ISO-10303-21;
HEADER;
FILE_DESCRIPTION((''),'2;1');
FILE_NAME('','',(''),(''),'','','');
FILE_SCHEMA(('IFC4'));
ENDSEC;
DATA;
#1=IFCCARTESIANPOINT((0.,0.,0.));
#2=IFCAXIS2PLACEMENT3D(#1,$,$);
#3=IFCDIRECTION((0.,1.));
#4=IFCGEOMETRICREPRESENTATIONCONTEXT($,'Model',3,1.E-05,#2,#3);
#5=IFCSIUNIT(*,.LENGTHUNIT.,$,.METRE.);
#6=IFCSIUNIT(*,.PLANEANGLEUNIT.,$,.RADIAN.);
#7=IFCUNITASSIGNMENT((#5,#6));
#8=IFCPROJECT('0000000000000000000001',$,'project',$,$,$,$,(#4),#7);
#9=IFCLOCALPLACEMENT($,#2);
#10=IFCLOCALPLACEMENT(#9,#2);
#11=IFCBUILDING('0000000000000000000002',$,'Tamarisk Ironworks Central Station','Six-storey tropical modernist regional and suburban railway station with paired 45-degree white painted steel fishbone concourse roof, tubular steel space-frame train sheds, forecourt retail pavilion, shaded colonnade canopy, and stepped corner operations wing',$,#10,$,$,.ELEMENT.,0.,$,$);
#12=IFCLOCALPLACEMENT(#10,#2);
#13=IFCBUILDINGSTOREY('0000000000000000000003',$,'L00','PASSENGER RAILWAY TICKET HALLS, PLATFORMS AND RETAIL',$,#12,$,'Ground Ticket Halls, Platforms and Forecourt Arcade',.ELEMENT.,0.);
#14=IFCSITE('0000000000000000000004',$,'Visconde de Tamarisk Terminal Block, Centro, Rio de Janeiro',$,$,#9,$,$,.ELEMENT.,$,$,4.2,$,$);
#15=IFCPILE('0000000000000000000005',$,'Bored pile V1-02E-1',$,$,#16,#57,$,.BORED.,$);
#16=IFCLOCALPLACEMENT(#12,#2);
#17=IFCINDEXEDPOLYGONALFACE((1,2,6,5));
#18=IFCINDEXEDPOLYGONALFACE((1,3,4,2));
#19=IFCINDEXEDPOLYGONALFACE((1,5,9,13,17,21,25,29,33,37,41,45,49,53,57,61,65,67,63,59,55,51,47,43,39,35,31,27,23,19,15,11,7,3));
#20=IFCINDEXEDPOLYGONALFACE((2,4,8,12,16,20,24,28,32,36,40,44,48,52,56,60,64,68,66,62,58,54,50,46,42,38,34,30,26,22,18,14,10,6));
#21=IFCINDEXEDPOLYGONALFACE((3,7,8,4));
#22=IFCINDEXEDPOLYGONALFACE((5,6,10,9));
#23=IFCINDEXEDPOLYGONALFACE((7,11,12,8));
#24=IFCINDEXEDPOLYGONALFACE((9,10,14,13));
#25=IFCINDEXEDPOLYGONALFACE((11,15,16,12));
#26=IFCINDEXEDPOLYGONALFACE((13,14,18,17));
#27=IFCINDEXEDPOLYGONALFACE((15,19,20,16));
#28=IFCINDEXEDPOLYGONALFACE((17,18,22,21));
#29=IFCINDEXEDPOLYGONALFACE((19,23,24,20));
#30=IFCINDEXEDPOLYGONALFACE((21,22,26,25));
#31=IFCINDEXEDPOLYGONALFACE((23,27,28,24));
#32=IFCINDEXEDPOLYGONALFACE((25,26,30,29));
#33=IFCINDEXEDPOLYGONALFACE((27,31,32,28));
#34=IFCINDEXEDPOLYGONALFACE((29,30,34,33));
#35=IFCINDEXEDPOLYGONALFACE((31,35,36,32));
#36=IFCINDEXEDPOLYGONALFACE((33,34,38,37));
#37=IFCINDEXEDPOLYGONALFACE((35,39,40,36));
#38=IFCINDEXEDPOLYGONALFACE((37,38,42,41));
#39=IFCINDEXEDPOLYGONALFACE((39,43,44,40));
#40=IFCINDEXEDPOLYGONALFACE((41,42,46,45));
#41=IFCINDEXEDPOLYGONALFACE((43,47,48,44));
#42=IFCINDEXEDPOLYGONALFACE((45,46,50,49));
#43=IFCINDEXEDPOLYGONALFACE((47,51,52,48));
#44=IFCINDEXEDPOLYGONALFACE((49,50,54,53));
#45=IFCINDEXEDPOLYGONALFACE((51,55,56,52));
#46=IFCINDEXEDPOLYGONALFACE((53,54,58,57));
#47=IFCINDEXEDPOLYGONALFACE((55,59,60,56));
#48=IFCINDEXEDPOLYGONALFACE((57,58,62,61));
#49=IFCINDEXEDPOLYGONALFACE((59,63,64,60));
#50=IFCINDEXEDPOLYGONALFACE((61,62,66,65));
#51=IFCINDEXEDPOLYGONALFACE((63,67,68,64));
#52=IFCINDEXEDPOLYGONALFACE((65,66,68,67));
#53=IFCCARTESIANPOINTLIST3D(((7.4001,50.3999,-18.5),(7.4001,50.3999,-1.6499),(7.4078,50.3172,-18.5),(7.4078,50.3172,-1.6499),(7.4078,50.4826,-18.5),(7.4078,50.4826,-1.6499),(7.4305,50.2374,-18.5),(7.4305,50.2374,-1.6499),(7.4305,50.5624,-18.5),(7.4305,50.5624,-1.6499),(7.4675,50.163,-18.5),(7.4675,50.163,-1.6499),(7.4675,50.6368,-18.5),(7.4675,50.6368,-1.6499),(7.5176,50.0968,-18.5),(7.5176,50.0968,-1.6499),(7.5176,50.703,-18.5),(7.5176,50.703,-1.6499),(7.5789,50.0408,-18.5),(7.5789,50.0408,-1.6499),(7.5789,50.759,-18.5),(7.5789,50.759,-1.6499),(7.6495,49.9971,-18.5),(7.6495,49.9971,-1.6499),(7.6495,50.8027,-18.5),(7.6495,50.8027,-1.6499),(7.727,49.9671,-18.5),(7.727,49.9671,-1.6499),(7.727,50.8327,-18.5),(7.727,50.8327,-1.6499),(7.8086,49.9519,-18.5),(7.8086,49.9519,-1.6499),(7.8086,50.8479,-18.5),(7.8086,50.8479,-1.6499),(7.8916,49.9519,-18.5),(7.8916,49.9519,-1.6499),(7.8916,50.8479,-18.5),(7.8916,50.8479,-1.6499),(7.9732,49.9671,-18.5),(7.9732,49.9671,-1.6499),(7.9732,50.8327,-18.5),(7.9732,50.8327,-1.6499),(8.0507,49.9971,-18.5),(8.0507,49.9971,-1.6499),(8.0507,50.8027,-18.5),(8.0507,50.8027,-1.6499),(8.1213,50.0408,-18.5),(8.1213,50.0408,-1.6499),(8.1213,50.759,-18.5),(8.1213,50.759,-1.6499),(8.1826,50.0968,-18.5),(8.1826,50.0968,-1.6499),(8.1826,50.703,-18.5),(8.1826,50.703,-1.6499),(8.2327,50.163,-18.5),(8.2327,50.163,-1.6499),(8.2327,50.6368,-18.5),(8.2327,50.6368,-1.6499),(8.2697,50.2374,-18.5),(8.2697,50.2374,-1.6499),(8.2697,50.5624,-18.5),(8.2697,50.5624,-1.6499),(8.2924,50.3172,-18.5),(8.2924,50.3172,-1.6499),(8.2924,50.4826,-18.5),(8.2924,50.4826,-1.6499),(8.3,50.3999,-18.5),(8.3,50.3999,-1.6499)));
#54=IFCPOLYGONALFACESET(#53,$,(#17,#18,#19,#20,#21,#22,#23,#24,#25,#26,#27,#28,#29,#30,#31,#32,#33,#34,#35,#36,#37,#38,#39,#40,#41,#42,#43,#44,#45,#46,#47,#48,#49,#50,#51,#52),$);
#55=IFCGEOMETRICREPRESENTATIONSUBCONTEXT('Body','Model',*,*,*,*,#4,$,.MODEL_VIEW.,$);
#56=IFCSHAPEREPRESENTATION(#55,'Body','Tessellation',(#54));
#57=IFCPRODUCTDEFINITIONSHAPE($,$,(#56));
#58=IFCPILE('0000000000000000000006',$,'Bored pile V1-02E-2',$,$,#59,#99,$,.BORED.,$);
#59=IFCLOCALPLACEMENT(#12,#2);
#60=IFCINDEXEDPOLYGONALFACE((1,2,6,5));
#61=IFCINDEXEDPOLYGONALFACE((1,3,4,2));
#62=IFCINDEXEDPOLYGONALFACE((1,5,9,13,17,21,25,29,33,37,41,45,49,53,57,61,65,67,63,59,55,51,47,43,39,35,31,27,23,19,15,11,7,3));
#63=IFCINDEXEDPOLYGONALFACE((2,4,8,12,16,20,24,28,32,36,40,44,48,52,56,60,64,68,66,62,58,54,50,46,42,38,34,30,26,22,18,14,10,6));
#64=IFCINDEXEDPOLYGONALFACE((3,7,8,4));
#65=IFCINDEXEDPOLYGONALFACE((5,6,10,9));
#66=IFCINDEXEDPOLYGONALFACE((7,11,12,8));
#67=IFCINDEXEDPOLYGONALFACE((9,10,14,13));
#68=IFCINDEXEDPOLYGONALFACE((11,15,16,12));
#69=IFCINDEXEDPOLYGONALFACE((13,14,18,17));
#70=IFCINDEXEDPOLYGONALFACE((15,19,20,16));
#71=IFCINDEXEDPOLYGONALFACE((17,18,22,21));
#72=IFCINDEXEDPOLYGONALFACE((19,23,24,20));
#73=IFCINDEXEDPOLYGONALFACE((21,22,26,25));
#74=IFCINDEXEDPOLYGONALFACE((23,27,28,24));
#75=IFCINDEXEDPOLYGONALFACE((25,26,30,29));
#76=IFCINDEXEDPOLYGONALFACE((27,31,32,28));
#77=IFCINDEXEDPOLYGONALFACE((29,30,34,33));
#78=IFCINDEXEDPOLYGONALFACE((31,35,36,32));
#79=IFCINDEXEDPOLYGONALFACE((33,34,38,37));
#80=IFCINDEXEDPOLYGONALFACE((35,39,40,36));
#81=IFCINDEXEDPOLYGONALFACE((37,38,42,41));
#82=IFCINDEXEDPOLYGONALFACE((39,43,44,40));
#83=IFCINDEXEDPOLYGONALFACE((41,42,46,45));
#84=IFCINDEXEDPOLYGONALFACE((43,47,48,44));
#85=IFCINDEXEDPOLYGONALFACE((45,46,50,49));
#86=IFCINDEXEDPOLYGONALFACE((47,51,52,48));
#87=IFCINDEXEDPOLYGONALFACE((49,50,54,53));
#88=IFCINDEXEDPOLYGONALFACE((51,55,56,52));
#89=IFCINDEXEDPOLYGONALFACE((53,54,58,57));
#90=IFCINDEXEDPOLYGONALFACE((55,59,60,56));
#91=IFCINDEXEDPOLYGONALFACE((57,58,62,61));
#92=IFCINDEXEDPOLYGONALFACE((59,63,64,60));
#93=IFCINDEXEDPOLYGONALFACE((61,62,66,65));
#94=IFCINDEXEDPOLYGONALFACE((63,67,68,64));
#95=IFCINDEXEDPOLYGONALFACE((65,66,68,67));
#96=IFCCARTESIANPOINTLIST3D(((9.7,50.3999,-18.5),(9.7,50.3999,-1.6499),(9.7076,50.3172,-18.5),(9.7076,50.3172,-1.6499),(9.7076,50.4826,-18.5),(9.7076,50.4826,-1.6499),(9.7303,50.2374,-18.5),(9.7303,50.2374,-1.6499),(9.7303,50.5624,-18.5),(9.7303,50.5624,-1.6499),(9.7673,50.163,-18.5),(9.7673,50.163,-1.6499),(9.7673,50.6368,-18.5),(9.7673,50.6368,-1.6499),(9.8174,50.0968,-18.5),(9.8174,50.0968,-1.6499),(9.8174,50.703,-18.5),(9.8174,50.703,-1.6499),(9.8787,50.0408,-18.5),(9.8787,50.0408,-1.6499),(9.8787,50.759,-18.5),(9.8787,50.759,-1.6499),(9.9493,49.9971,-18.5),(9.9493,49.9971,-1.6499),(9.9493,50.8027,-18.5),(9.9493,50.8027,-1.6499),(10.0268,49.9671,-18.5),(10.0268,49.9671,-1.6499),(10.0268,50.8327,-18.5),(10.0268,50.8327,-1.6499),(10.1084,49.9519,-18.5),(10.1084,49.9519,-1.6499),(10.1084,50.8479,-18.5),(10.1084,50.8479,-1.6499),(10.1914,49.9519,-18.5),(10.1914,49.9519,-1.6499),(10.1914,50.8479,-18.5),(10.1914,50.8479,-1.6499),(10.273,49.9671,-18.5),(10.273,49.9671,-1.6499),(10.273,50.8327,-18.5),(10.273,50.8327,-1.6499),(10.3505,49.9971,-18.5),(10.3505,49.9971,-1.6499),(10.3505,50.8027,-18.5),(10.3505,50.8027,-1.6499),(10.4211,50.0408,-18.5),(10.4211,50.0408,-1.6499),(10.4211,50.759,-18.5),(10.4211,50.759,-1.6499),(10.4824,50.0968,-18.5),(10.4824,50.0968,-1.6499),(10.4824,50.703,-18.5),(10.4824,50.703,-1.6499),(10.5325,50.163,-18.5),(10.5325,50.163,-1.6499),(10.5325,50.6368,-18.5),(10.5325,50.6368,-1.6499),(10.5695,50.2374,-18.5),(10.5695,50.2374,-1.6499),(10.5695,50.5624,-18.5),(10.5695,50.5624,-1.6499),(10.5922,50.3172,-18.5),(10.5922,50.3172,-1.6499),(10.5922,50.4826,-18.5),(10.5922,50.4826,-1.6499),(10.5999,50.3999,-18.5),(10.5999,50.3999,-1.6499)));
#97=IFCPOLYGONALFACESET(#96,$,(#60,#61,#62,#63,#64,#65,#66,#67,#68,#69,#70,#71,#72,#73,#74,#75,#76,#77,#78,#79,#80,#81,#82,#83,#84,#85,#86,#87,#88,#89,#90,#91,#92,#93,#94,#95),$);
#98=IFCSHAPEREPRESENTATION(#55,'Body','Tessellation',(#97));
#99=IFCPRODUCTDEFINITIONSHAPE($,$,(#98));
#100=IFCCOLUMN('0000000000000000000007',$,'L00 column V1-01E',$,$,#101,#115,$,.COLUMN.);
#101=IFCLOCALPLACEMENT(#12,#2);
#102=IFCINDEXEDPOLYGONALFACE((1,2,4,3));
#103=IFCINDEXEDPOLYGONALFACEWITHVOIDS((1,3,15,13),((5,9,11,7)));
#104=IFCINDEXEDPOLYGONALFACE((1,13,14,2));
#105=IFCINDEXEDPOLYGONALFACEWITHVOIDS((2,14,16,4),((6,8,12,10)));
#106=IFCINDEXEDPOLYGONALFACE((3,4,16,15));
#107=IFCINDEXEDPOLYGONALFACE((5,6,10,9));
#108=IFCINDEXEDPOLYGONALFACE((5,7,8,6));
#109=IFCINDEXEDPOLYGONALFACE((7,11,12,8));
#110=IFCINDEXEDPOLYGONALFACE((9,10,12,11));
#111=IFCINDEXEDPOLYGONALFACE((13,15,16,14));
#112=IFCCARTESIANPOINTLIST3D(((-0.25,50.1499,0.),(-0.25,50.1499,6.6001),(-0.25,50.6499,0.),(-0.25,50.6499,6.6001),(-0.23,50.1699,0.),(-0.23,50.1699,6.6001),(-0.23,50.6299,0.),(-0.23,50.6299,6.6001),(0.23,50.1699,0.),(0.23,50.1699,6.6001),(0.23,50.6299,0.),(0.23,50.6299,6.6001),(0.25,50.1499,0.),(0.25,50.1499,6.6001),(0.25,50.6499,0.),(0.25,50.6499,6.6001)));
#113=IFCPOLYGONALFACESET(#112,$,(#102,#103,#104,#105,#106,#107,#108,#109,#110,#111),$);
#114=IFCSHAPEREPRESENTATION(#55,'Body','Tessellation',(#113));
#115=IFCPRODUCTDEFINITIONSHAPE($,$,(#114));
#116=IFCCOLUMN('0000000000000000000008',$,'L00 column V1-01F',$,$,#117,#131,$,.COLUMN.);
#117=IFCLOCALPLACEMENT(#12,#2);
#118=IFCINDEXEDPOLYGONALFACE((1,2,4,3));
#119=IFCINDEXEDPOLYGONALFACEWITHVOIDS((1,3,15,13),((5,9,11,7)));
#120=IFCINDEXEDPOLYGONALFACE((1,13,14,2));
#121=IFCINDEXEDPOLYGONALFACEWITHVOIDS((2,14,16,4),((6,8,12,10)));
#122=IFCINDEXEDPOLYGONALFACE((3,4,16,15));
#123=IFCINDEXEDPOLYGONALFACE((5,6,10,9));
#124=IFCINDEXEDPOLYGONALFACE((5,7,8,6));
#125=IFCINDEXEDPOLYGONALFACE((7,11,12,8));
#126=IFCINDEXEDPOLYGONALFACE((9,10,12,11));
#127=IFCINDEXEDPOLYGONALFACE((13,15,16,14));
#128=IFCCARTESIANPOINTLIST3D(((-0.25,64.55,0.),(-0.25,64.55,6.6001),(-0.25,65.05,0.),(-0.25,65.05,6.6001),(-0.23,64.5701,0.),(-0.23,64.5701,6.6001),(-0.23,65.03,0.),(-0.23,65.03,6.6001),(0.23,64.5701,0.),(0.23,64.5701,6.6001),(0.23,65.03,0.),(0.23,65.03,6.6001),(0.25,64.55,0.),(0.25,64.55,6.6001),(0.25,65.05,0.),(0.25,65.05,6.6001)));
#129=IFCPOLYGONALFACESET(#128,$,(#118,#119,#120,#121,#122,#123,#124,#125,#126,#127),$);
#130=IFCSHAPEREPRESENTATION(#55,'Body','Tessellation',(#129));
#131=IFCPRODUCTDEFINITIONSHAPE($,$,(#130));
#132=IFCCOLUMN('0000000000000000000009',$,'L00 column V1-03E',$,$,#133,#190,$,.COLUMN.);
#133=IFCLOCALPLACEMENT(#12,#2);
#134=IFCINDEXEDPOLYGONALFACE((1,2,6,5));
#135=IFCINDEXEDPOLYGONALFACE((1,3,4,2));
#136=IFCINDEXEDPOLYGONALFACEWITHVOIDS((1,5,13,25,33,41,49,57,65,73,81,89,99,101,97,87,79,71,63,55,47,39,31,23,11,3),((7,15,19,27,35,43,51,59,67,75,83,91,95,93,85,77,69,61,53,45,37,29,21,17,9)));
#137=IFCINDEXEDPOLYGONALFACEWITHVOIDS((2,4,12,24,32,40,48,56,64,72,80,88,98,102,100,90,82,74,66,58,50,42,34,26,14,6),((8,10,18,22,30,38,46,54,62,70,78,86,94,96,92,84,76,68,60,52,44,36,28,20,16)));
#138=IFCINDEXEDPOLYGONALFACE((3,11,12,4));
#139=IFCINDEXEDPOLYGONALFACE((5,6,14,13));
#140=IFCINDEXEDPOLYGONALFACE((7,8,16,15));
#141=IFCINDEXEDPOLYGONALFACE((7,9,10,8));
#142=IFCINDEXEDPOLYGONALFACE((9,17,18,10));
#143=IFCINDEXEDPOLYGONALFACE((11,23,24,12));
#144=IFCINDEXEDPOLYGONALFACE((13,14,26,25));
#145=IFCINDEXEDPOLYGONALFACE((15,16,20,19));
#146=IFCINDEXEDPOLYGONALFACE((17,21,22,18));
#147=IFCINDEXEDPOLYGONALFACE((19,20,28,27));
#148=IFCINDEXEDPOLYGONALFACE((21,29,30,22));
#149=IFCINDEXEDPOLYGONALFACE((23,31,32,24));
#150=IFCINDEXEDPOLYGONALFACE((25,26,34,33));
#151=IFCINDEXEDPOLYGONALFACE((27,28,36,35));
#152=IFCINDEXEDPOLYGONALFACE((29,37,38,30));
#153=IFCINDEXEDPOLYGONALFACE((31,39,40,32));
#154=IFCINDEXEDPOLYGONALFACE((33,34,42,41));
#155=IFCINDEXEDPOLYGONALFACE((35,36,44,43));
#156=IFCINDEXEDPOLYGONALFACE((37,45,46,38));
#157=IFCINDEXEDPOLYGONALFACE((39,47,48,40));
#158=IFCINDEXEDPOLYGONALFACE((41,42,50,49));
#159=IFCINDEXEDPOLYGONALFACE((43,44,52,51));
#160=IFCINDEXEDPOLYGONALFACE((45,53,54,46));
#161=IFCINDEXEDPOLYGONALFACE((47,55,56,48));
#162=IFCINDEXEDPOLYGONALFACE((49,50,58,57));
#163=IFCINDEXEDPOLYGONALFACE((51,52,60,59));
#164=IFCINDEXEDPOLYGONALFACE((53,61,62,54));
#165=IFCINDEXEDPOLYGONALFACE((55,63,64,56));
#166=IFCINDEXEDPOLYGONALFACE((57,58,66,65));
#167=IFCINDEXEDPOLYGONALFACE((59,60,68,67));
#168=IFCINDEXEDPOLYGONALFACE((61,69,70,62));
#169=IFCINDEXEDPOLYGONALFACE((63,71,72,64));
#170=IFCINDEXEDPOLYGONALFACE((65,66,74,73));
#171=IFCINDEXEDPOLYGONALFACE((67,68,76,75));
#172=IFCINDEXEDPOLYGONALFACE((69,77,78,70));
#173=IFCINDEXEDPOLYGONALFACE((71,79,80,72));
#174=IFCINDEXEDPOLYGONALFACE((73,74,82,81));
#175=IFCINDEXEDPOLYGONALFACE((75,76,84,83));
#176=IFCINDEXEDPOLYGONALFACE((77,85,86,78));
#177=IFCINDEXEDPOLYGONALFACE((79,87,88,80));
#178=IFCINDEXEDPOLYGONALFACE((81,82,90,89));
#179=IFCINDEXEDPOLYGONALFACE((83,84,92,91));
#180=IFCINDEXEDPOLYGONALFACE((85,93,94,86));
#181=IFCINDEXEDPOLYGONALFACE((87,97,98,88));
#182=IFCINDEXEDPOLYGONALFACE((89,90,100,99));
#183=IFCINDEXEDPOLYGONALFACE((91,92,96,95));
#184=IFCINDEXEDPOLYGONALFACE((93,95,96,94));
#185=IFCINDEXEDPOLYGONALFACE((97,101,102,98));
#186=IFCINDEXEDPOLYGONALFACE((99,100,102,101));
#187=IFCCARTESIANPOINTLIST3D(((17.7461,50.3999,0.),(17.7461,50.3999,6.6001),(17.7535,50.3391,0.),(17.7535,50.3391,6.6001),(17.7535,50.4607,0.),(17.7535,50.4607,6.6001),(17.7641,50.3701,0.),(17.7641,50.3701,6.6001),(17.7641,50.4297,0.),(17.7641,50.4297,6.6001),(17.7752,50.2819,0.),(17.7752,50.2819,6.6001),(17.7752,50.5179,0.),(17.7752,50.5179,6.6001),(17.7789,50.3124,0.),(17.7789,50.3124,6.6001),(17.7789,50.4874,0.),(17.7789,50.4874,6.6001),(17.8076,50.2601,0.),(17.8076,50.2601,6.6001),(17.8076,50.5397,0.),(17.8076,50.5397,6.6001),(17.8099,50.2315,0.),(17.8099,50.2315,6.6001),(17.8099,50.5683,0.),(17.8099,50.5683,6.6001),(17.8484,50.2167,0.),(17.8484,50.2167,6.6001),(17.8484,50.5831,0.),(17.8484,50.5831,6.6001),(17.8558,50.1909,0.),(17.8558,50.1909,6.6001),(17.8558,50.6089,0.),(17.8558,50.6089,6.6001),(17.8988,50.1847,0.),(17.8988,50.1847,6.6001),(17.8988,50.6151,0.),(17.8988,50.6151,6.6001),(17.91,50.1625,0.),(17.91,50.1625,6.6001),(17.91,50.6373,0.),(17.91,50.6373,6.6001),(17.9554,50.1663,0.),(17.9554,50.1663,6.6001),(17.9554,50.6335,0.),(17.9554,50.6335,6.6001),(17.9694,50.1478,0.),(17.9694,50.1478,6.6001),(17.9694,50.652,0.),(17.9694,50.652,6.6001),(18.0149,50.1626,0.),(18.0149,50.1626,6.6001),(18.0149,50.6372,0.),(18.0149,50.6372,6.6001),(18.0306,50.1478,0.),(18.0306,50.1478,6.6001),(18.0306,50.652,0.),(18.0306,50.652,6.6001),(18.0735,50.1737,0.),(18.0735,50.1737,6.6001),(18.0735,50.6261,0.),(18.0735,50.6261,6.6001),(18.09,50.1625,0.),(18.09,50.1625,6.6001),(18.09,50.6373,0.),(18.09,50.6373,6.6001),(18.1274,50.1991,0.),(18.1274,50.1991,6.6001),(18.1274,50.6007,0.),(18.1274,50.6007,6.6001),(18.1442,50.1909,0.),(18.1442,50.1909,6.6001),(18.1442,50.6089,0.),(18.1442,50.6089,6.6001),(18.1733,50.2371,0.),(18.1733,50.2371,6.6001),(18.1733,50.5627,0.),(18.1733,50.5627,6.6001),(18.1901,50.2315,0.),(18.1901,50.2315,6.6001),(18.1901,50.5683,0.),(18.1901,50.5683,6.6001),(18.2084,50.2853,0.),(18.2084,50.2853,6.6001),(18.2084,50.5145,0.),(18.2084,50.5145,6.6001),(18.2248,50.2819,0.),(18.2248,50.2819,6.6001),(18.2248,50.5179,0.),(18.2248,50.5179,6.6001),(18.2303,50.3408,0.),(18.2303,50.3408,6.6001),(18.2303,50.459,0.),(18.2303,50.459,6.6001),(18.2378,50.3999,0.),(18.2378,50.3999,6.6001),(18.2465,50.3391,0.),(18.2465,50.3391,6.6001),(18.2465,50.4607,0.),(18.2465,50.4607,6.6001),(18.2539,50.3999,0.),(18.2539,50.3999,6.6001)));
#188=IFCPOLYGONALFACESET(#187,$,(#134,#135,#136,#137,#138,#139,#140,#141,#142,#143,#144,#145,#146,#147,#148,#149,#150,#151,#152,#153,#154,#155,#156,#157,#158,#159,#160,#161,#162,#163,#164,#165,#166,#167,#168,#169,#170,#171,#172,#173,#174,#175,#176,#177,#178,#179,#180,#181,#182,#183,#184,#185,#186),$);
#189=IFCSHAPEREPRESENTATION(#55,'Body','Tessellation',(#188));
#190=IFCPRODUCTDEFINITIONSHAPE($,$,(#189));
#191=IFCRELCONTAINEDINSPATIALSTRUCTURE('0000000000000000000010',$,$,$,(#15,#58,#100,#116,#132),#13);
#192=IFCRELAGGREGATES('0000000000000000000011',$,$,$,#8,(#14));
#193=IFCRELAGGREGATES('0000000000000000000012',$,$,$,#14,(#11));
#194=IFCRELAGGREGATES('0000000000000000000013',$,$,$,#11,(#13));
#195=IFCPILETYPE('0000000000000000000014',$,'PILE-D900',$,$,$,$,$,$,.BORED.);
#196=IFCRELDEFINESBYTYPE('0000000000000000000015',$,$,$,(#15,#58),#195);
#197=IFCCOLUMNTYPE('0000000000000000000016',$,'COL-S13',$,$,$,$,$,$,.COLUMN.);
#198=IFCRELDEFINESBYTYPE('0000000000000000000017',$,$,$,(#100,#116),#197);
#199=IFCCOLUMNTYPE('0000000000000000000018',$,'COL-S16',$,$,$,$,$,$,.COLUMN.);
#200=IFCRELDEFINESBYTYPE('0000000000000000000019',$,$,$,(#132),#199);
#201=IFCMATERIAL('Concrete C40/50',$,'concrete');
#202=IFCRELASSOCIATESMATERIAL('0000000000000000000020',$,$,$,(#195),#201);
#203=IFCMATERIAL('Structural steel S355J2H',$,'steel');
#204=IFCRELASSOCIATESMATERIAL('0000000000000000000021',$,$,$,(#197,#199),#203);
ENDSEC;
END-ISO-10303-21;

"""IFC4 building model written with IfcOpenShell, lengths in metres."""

from ifc_helpers import new_model, si_unit, direction, frame, origin, origin_2d, place, context, subcontext, project, spatial, hollow_rectangle, circle, hollow_circle, extrude, material, material_profile, profile_set, type_object, element, save


model = new_model("IFC4")

# Units and contexts
model_context = context("Model", 3, precision=1e-05, world=origin(), true_north=direction((0.0, 1.0)))
body_context = subcontext(model_context, "Body", "Model", "MODEL_VIEW")
ifc_project = project(units=[si_unit("LENGTHUNIT", "METRE"), si_unit("PLANEANGLEUNIT", "RADIAN")], contexts=[model_context])

# Site, building, storey
site_placement = place(None, origin())
site = spatial("IfcSite", under=ifc_project, at=site_placement, Name="Visconde de Tamarisk Terminal Block, Centro, Rio de Janeiro", CompositionType="ELEMENT", RefElevation=4.2)
building_placement = place(site_placement, origin())
building = spatial("IfcBuilding", under=site, at=building_placement, Name="Tamarisk Ironworks Central Station", Description="Six-storey tropical modernist regional and suburban railway station with paired 45-degree white painted steel fishbone concourse roof, tubular steel space-frame train sheds, forecourt retail pavilion, shaded colonnade canopy, and stepped corner operations wing", CompositionType="ELEMENT", ElevationOfRefHeight=0.0)
storey_placement = place(building_placement, origin())
storey = spatial("IfcBuildingStorey", under=building, at=storey_placement, Name="L00", Description="PASSENGER RAILWAY TICKET HALLS, PLATFORMS AND RETAIL", LongName="Ground Ticket Halls, Platforms and Forecourt Arcade", CompositionType="ELEMENT", Elevation=0.0)

# Shared definitions
ifc_material_1 = material(Name="Concrete C40/50", Category="concrete")

# Piles
ifc_material_profile_1 = material_profile(ifc_material_1, circle(Radius=0.45, at=origin_2d()), Name="BORED PILE D900")
ifc_profile_set_1 = profile_set([ifc_material_profile_1], Name="Concrete C40/50")
pile_type_1 = type_object("IfcPileType", Name="PILE-D900", PredefinedType="BORED", material=ifc_profile_set_1)
for number, where, z_axis, x_axis, name in (
    (1, (7.8501, 50.3999, -1.6499), (0.0, 0.0, -1.0), (1.0, 0.0, 0.0), "Bored pile V1-02E-1"),
    (2, (10.1499, 50.3999, -1.6499), (0.0, 0.0, -1.0), (1.0, 0.0, 0.0), "Bored pile V1-02E-2"),
):
    element("IfcPile", number, at=place(storey_placement, frame(where, z_axis=z_axis, x_axis=x_axis)), inside=storey, type_object=pile_type_1, Name=name, PredefinedType="BORED", context=body_context, shape_type="SweptSolid", body=[
        extrude(circle(Radius=0.45, at=origin_2d()), origin(), (0.0, 0.0, 1.0), 16.8501),
    ])

# Columns
ifc_material_2 = material(Name="Structural steel S355J2H", Category="steel")
ifc_material_profile_2 = material_profile(ifc_material_2, hollow_rectangle(XDim=0.5, YDim=0.5, WallThickness=0.02, at=origin_2d()), Name="SHS 500x500x20")
ifc_profile_set_2 = profile_set([ifc_material_profile_2], Name="Structural steel S355J2H")
column_type_1 = type_object("IfcColumnType", Name="COL-S13", PredefinedType="COLUMN", material=ifc_profile_set_2)
for number, where, z_axis, x_axis, name in (
    (3, (0.0, 50.3999, 0.0), (0.0, 0.0, 1.0), (1.0, 0.0, 0.0), "L00 column V1-01E"),
    (4, (0.0, 64.8, 0.0), (0.0, 0.0, 1.0), (1.0, 0.0, 0.0), "L00 column V1-01F"),
):
    element("IfcColumn", number, at=place(storey_placement, frame(where, z_axis=z_axis, x_axis=x_axis)), inside=storey, type_object=column_type_1, Name=name, PredefinedType="COLUMN", context=body_context, shape_type="SweptSolid", body=[
        extrude(hollow_rectangle(XDim=0.5, YDim=0.5, WallThickness=0.02, at=origin_2d()), origin(), (0.0, 0.0, 1.0), 6.6001),
    ])
ifc_material_profile_3 = material_profile(ifc_material_2, hollow_circle(Radius=0.2539, WallThickness=0.0161, at=origin_2d()), Name="CHS 508x16")
ifc_profile_set_3 = profile_set([ifc_material_profile_3], Name="Structural steel S355J2H")
column_type_2 = type_object("IfcColumnType", Name="COL-S16", PredefinedType="COLUMN", material=ifc_profile_set_3)
column_1_placement = place(storey_placement, frame((18.0, 50.3999, 0.0), z_axis=(0.0, 0.0, 1.0), x_axis=(1.0, 0.0, 0.0)))
element("IfcColumn", 5, at=column_1_placement, inside=storey, type_object=column_type_2, Name="L00 column V1-03E", PredefinedType="COLUMN", context=body_context, shape_type="SweptSolid", body=[
    extrude(hollow_circle(Radius=0.2539, WallThickness=0.0161, at=origin_2d()), origin(), (0.0, 0.0, 1.0), 6.6001),
])

save(model, "model.ifc")
